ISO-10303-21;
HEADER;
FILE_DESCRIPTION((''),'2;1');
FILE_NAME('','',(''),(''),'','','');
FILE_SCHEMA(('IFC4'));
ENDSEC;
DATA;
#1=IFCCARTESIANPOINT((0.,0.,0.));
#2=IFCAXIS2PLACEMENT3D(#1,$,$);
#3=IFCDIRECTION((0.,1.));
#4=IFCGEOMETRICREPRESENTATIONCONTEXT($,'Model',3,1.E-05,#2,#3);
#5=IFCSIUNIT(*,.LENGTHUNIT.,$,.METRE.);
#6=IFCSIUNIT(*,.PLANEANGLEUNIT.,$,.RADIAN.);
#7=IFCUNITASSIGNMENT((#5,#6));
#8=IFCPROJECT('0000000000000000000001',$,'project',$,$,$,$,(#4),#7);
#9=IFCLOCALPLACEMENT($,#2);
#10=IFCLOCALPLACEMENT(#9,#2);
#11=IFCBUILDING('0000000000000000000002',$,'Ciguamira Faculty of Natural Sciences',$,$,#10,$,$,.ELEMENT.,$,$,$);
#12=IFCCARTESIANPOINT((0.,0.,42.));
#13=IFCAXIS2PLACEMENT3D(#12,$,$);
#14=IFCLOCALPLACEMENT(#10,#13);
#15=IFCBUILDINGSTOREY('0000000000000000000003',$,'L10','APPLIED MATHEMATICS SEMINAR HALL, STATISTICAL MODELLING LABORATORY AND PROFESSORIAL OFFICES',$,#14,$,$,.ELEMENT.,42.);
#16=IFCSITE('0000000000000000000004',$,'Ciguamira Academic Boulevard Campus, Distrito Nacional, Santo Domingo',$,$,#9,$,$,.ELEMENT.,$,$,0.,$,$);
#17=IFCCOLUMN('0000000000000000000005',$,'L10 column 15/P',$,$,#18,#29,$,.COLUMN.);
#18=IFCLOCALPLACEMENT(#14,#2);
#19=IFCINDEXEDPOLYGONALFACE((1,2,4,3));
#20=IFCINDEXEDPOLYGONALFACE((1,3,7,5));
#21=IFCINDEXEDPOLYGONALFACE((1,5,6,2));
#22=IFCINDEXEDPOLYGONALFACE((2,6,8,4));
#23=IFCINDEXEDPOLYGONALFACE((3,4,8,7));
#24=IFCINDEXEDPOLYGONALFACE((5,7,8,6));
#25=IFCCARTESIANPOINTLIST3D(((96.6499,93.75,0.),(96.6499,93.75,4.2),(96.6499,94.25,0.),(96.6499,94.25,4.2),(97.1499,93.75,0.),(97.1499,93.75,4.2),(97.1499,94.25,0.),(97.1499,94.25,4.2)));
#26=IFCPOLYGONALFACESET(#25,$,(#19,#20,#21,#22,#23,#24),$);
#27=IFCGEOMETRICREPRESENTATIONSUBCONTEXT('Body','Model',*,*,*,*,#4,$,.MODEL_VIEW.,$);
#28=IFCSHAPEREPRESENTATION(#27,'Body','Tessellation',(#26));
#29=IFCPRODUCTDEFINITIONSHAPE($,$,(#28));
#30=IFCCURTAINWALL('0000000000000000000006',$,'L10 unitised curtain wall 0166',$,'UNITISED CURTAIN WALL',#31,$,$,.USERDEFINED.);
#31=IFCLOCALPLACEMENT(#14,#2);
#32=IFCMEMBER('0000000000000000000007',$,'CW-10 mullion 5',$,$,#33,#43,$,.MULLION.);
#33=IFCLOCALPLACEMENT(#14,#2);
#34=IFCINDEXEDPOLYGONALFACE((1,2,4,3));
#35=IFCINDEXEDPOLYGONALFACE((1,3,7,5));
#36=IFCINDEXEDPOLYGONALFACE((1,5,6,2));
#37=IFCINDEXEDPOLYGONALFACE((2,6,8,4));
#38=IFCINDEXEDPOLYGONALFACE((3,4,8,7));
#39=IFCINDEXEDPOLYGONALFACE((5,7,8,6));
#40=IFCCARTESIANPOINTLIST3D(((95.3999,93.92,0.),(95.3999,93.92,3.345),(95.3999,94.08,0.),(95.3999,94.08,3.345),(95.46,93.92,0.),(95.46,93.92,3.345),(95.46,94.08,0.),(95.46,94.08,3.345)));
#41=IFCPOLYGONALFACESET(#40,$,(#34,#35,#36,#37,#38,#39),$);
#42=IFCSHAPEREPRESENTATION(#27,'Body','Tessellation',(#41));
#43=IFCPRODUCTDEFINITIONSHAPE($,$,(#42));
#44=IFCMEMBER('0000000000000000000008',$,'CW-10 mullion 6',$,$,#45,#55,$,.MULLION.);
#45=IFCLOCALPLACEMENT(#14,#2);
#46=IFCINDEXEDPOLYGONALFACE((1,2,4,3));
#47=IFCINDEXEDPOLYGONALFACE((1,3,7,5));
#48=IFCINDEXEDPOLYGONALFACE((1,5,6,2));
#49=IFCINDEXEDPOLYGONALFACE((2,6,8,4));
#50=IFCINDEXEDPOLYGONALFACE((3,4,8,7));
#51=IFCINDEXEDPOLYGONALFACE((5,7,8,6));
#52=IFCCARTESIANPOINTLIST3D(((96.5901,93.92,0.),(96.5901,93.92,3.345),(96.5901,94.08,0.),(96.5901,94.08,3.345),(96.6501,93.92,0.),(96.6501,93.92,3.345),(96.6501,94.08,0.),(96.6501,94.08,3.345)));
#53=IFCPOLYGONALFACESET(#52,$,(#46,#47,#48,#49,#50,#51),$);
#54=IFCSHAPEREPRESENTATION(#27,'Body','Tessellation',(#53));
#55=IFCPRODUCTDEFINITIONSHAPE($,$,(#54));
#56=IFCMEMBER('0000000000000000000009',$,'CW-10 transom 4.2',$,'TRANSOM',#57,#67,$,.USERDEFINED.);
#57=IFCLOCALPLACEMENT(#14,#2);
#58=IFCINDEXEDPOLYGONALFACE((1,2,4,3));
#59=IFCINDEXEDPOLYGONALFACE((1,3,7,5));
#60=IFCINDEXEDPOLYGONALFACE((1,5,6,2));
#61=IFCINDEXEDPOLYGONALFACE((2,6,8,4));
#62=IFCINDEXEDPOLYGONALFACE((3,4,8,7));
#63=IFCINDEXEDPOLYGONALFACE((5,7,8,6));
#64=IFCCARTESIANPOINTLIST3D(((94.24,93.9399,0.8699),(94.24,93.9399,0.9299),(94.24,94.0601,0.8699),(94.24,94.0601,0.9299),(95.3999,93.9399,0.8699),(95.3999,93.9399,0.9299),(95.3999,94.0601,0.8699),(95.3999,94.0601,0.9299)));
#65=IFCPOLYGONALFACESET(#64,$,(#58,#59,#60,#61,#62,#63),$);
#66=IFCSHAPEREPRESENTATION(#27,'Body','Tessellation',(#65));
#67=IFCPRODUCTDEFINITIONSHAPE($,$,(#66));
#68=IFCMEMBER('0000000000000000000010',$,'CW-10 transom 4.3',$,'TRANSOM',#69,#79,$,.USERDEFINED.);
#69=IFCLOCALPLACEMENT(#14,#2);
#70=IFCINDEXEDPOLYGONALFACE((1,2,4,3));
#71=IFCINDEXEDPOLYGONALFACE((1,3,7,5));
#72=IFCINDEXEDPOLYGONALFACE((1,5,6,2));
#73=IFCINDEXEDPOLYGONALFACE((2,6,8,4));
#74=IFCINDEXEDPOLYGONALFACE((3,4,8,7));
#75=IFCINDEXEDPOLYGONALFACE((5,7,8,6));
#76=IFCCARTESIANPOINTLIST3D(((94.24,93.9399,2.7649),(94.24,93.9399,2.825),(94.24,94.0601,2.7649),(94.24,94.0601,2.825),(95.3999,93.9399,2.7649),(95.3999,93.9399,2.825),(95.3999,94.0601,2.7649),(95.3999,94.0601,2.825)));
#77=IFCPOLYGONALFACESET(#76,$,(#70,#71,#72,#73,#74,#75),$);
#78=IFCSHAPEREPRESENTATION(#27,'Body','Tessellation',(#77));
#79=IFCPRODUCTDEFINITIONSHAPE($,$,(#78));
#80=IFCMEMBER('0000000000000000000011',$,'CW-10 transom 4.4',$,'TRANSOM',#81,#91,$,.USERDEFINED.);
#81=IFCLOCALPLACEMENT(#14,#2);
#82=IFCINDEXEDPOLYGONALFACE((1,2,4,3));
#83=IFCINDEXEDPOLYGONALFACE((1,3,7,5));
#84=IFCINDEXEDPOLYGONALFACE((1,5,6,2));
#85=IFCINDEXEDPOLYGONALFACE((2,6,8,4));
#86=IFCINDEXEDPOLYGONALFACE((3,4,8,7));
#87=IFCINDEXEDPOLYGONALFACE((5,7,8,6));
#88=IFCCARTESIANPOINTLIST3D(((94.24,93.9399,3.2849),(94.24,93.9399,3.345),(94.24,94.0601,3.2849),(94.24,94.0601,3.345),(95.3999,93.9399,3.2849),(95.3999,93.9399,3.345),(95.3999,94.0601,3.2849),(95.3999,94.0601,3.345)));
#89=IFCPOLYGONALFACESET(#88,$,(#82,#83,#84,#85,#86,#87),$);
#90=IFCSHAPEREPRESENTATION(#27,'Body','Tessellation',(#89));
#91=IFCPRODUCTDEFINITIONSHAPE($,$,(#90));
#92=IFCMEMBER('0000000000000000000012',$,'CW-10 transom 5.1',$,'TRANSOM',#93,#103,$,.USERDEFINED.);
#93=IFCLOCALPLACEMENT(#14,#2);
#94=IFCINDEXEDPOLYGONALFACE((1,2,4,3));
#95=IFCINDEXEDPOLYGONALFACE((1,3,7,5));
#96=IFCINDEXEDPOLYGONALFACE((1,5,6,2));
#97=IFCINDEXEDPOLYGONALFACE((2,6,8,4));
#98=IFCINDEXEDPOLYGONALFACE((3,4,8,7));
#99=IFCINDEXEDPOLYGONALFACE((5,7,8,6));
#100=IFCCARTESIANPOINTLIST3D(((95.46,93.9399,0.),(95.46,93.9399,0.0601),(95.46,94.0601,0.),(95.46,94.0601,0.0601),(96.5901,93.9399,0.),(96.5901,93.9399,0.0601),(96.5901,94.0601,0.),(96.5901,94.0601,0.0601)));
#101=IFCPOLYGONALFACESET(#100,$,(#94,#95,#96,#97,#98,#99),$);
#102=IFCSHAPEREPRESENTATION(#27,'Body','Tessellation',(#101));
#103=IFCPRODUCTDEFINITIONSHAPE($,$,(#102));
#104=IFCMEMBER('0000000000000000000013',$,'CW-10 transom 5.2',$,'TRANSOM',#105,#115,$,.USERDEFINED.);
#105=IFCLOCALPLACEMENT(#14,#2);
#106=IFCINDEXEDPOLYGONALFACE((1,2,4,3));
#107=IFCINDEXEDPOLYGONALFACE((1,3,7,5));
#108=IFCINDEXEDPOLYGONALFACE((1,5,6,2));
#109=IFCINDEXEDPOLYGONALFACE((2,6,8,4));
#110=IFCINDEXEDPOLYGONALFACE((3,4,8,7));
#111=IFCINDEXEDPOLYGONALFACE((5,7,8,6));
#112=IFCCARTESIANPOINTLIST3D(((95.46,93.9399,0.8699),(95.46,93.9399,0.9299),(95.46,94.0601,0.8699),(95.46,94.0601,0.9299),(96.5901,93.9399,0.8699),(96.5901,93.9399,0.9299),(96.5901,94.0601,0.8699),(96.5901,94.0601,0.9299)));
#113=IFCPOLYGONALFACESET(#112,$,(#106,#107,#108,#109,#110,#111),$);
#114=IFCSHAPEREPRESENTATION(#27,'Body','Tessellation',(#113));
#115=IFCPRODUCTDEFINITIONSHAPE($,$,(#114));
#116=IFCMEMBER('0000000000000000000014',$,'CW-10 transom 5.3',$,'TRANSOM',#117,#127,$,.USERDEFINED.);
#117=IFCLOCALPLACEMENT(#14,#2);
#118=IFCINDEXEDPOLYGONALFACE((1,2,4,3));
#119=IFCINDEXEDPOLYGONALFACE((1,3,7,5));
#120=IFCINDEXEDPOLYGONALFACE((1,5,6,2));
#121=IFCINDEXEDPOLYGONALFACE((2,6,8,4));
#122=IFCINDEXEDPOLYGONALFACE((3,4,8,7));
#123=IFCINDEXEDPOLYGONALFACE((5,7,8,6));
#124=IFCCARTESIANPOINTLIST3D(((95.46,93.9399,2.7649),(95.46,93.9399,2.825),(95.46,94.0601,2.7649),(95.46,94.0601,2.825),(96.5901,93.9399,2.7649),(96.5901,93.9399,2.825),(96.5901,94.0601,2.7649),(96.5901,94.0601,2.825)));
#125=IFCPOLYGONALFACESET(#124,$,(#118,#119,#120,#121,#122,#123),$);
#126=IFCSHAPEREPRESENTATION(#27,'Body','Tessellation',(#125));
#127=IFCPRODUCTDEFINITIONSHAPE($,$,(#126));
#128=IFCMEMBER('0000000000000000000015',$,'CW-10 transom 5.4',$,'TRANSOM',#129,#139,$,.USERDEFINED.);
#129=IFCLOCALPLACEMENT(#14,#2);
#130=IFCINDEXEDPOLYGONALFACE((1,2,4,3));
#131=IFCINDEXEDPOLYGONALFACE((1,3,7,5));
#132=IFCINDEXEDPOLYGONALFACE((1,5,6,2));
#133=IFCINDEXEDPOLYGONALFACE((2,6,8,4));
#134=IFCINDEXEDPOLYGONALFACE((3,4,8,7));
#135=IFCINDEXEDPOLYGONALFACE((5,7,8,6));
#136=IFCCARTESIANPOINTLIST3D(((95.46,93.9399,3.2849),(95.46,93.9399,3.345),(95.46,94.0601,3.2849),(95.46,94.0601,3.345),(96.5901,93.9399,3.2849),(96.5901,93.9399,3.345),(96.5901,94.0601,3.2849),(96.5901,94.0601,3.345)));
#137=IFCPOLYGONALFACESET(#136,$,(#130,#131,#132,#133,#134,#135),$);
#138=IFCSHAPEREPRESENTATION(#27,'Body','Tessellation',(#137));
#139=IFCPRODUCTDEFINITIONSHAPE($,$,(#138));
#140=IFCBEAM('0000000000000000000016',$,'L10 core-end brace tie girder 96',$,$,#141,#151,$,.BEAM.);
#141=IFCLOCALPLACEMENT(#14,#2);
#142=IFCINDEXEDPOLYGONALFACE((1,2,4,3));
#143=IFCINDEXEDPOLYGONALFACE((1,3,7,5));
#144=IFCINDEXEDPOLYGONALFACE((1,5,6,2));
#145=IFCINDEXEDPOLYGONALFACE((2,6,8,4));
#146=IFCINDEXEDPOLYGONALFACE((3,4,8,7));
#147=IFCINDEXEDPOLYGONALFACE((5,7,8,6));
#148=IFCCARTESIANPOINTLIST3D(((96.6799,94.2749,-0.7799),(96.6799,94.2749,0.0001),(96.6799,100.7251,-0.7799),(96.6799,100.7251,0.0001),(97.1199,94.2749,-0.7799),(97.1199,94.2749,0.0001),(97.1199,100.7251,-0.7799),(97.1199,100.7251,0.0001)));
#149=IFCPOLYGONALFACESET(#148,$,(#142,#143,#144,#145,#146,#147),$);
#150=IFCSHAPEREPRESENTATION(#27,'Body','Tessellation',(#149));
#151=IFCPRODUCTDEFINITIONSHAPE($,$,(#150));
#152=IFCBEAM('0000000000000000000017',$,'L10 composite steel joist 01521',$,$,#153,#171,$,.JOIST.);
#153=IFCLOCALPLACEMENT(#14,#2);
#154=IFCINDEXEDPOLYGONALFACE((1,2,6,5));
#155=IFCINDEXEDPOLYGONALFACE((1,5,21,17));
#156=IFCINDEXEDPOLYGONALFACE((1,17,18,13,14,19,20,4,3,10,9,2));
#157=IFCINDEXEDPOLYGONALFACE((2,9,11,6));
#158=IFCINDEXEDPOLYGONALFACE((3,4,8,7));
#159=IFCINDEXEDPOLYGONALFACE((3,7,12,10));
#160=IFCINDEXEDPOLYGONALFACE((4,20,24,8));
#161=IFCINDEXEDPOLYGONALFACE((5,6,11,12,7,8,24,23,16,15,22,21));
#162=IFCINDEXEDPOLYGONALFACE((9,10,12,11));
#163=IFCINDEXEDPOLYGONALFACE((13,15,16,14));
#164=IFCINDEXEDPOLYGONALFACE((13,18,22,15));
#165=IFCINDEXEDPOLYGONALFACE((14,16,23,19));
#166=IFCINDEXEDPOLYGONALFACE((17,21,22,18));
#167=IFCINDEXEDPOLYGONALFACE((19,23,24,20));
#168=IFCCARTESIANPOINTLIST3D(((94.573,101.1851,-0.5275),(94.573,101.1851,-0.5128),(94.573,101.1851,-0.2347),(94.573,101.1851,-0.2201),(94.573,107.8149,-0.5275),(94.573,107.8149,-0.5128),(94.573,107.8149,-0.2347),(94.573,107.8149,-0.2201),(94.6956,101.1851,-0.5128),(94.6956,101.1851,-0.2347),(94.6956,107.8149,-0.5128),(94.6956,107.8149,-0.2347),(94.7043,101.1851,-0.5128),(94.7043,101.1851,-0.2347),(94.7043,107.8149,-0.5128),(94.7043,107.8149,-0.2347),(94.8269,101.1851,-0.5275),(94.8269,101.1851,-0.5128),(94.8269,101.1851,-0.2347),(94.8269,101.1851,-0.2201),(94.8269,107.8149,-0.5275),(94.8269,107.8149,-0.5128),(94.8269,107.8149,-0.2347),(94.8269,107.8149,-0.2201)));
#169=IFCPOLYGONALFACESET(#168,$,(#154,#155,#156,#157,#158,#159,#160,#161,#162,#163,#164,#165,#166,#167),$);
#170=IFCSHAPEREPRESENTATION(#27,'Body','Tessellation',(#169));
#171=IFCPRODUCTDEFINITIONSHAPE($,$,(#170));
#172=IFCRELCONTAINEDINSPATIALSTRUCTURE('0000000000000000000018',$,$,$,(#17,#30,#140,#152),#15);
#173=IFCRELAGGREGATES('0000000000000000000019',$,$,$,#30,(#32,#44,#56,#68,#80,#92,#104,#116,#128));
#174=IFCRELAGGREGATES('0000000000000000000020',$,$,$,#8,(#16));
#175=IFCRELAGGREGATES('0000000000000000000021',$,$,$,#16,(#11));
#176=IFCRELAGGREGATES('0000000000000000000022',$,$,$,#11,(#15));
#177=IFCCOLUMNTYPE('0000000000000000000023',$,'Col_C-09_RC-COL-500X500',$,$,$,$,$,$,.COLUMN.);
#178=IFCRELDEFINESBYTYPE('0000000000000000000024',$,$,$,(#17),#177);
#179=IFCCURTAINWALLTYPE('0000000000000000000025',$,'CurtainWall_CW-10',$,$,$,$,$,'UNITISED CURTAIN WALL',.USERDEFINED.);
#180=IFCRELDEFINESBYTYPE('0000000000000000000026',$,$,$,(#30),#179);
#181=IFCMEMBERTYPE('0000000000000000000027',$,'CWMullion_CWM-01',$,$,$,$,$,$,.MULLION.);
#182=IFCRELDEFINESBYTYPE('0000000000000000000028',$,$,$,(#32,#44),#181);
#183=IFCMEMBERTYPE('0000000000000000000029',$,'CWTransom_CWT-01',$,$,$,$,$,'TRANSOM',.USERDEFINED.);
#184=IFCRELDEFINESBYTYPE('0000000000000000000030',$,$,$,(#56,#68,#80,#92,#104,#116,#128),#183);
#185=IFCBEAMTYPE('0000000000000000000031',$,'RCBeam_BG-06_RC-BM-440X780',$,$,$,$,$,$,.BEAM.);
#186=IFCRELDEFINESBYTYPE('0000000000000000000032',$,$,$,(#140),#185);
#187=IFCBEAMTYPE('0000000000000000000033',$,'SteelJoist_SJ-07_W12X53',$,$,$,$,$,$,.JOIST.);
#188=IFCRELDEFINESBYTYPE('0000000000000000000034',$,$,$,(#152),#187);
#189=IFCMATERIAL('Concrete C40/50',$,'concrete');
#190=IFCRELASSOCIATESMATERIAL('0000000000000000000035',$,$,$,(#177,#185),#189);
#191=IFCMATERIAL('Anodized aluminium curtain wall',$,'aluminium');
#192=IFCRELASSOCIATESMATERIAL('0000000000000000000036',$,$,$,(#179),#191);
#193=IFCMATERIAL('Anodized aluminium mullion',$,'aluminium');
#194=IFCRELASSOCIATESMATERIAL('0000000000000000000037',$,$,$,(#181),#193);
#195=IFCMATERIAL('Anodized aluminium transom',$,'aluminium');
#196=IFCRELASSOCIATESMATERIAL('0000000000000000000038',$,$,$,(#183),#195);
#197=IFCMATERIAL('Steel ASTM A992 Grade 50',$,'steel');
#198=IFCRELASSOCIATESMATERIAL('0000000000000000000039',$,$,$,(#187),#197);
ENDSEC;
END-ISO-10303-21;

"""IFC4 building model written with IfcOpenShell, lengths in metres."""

from ifc_helpers import new_model, si_unit, direction, frame, origin, origin_2d, place, context, subcontext, project, spatial, rectangle, i_section, extrude, material, material_profile, profile_set, type_object, element, aggregate, save


model = new_model("IFC4")

# Units and contexts
model_context = context("Model", 3, precision=1e-05, world=origin(), true_north=direction((0.0, 1.0)))
body_context = subcontext(model_context, "Body", "Model", "MODEL_VIEW")
ifc_project = project(units=[si_unit("LENGTHUNIT", "METRE"), si_unit("PLANEANGLEUNIT", "RADIAN")], contexts=[model_context])

# Site, building, storey
site_placement = place(None, origin())
site = spatial("IfcSite", under=ifc_project, at=site_placement, Name="Ciguamira Academic Boulevard Campus, Distrito Nacional, Santo Domingo", CompositionType="ELEMENT", RefElevation=0.0)
building_placement = place(site_placement, origin())
building = spatial("IfcBuilding", under=site, at=building_placement, Name="Ciguamira Faculty of Natural Sciences", CompositionType="ELEMENT")
storey_placement = place(building_placement, frame((0.0, 0.0, 42.0)))
storey = spatial("IfcBuildingStorey", under=building, at=storey_placement, Name="L10", Description="APPLIED MATHEMATICS SEMINAR HALL, STATISTICAL MODELLING LABORATORY AND PROFESSORIAL OFFICES", CompositionType="ELEMENT", Elevation=42.0)

# Column
ifc_material_1 = material(Name="Concrete C40/50", Category="concrete")
ifc_material_profile_1 = material_profile(ifc_material_1, rectangle(XDim=0.5, YDim=0.5, at=origin_2d()), Name="RC-COL-500X500")
ifc_profile_set_1 = profile_set([ifc_material_profile_1], Name="Concrete C40/50")
column_type = type_object("IfcColumnType", Name="Col_C-09_RC-COL-500X500", PredefinedType="COLUMN", material=ifc_profile_set_1)
column_placement = place(storey_placement, frame((96.8999, 94.0, 0.0), z_axis=(0.0, 0.0, 1.0), x_axis=(1.0, 0.0, 0.0)))
element("IfcColumn", 1, at=column_placement, inside=storey, type_object=column_type, Name="L10 column 15/P", PredefinedType="COLUMN", context=body_context, shape_type="SweptSolid", body=[
    extrude(rectangle(XDim=0.5, YDim=0.5, at=origin_2d()), origin(), (0.0, 0.0, 1.0), 4.2),
])

# Curtain wall, members
ifc_material_2 = material(Name="Anodized aluminium curtain wall", Category="aluminium")
curtain_wall_type = type_object("IfcCurtainWallType", Name="CurtainWall_CW-10", ElementType="UNITISED CURTAIN WALL", PredefinedType="USERDEFINED", material=ifc_material_2)
curtain_wall_placement = place(storey_placement, origin())
curtain_wall = element("IfcCurtainWall", 2, at=curtain_wall_placement, inside=storey, type_object=curtain_wall_type, Name="L10 unitised curtain wall 0166", ObjectType="UNITISED CURTAIN WALL", PredefinedType="USERDEFINED")
ifc_material_3 = material(Name="Anodized aluminium mullion", Category="aluminium")
ifc_material_profile_2 = material_profile(ifc_material_3, rectangle(XDim=0.0601, YDim=0.1599, at=origin_2d()), Name="ALU-MUL-60X160")
ifc_profile_set_2 = profile_set([ifc_material_profile_2], Name="Anodized aluminium mullion")
member_type_1 = type_object("IfcMemberType", Name="CWMullion_CWM-01", PredefinedType="MULLION", material=ifc_profile_set_2)
member_1_placement = place(storey_placement, frame((95.4299, 94.0, 0.0), z_axis=(0.0, 0.0, 1.0), x_axis=(1.0, 0.0, 0.0)))
member_1 = element("IfcMember", 3, at=member_1_placement, type_object=member_type_1, Name="CW-10 mullion 5", PredefinedType="MULLION", context=body_context, shape_type="SweptSolid", body=[
    extrude(rectangle(XDim=0.0601, YDim=0.1599, at=origin_2d()), origin(), (0.0, 0.0, 1.0), 3.345),
])
member_2_placement = place(storey_placement, frame((96.6201, 94.0, 0.0), z_axis=(0.0, 0.0, 1.0), x_axis=(1.0, 0.0, 0.0)))
member_2 = element("IfcMember", 4, at=member_2_placement, type_object=member_type_1, Name="CW-10 mullion 6", PredefinedType="MULLION", context=body_context, shape_type="SweptSolid", body=[
    extrude(rectangle(XDim=0.0601, YDim=0.1599, at=origin_2d()), origin(), (0.0, 0.0, 1.0), 3.345),
])
ifc_material_4 = material(Name="Anodized aluminium transom", Category="aluminium")
ifc_material_profile_3 = material_profile(ifc_material_4, rectangle(XDim=0.0601, YDim=0.1201, at=origin_2d()), Name="ALU-TRN-60X120")
ifc_profile_set_3 = profile_set([ifc_material_profile_3], Name="Anodized aluminium transom")
member_type_2 = type_object("IfcMemberType", Name="CWTransom_CWT-01", ElementType="TRANSOM", PredefinedType="USERDEFINED", material=ifc_profile_set_3)
member_3_placement = place(storey_placement, frame((94.24, 94.0, 0.8999), z_axis=(1.0, 0.0, 0.0), x_axis=(0.0, 0.0, 1.0)))
member_3 = element("IfcMember", 5, at=member_3_placement, type_object=member_type_2, Name="CW-10 transom 4.2", ObjectType="TRANSOM", PredefinedType="USERDEFINED", context=body_context, shape_type="SweptSolid", body=[
    extrude(rectangle(XDim=0.0601, YDim=0.1201, at=origin_2d()), origin(), (0.0, 0.0, 1.0), 1.1599),
])
member_4_placement = place(storey_placement, frame((94.24, 94.0, 2.7949), z_axis=(1.0, 0.0, 0.0), x_axis=(0.0, 0.0, 1.0)))
member_4 = element("IfcMember", 6, at=member_4_placement, type_object=member_type_2, Name="CW-10 transom 4.3", ObjectType="TRANSOM", PredefinedType="USERDEFINED", context=body_context, shape_type="SweptSolid", body=[
    extrude(rectangle(XDim=0.0601, YDim=0.1201, at=origin_2d()), origin(), (0.0, 0.0, 1.0), 1.1599),
])
member_5_placement = place(storey_placement, frame((94.24, 94.0, 3.3149), z_axis=(1.0, 0.0, 0.0), x_axis=(0.0, 0.0, 1.0)))
member_5 = element("IfcMember", 7, at=member_5_placement, type_object=member_type_2, Name="CW-10 transom 4.4", ObjectType="TRANSOM", PredefinedType="USERDEFINED", context=body_context, shape_type="SweptSolid", body=[
    extrude(rectangle(XDim=0.0601, YDim=0.1201, at=origin_2d()), origin(), (0.0, 0.0, 1.0), 1.1599),
])
member_6_placement = place(storey_placement, frame((95.46, 94.0, 0.03), z_axis=(1.0, 0.0, 0.0), x_axis=(0.0, 0.0, 1.0)))
member_6 = element("IfcMember", 8, at=member_6_placement, type_object=member_type_2, Name="CW-10 transom 5.1", ObjectType="TRANSOM", PredefinedType="USERDEFINED", context=body_context, shape_type="SweptSolid", body=[
    extrude(rectangle(XDim=0.0601, YDim=0.1201, at=origin_2d()), origin(), (0.0, 0.0, 1.0), 1.1301),
])
member_7_placement = place(storey_placement, frame((95.46, 94.0, 0.8999), z_axis=(1.0, 0.0, 0.0), x_axis=(0.0, 0.0, 1.0)))
member_7 = element("IfcMember", 9, at=member_7_placement, type_object=member_type_2, Name="CW-10 transom 5.2", ObjectType="TRANSOM", PredefinedType="USERDEFINED", context=body_context, shape_type="SweptSolid", body=[
    extrude(rectangle(XDim=0.0601, YDim=0.1201, at=origin_2d()), origin(), (0.0, 0.0, 1.0), 1.1301),
])
member_8_placement = place(storey_placement, frame((95.46, 94.0, 2.7949), z_axis=(1.0, 0.0, 0.0), x_axis=(0.0, 0.0, 1.0)))
member_8 = element("IfcMember", 10, at=member_8_placement, type_object=member_type_2, Name="CW-10 transom 5.3", ObjectType="TRANSOM", PredefinedType="USERDEFINED", context=body_context, shape_type="SweptSolid", body=[
    extrude(rectangle(XDim=0.0601, YDim=0.1201, at=origin_2d()), origin(), (0.0, 0.0, 1.0), 1.1301),
])
member_9_placement = place(storey_placement, frame((95.46, 94.0, 3.3149), z_axis=(1.0, 0.0, 0.0), x_axis=(0.0, 0.0, 1.0)))
member_9 = element("IfcMember", 11, at=member_9_placement, type_object=member_type_2, Name="CW-10 transom 5.4", ObjectType="TRANSOM", PredefinedType="USERDEFINED", context=body_context, shape_type="SweptSolid", body=[
    extrude(rectangle(XDim=0.0601, YDim=0.1201, at=origin_2d()), origin(), (0.0, 0.0, 1.0), 1.1301),
])

# Beams
ifc_material_profile_4 = material_profile(ifc_material_1, rectangle(XDim=0.4399, YDim=0.78, at=origin_2d()), Name="RC-BM-440X780")
ifc_profile_set_4 = profile_set([ifc_material_profile_4], Name="Concrete C40/50")
beam_type_1 = type_object("IfcBeamType", Name="RCBeam_BG-06_RC-BM-440X780", PredefinedType="BEAM", material=ifc_profile_set_4)
beam_1_placement = place(storey_placement, frame((96.8999, 94.2749, -0.3899), z_axis=(0.0, 1.0, 0.0), x_axis=(-1.0, 0.0, 0.0)))
element("IfcBeam", 12, at=beam_1_placement, inside=storey, type_object=beam_type_1, Name="L10 core-end brace tie girder 96", PredefinedType="BEAM", context=body_context, shape_type="SweptSolid", body=[
    extrude(rectangle(XDim=0.4399, YDim=0.78, at=origin_2d()), origin(), (0.0, 0.0, 1.0), 6.4502),
])
ifc_material_5 = material(Name="Steel ASTM A992 Grade 50", Category="steel")
ifc_material_profile_5 = material_profile(ifc_material_5, i_section(OverallWidth=0.2539, OverallDepth=0.3074, WebThickness=0.0088, FlangeThickness=0.0146, at=origin_2d()), Name="W12X53")
ifc_profile_set_5 = profile_set([ifc_material_profile_5], Name="Steel ASTM A992 Grade 50")
beam_type_2 = type_object("IfcBeamType", Name="SteelJoist_SJ-07_W12X53", PredefinedType="JOIST", material=ifc_profile_set_5)
beam_2_placement = place(storey_placement, frame((94.7, 101.1851, -0.3738), z_axis=(0.0, 1.0, 0.0), x_axis=(-1.0, 0.0, 0.0)))
element("IfcBeam", 13, at=beam_2_placement, inside=storey, type_object=beam_type_2, Name="L10 composite steel joist 01521", PredefinedType="JOIST", context=body_context, shape_type="SweptSolid", body=[
    extrude(i_section(OverallWidth=0.2539, OverallDepth=0.3074, WebThickness=0.0088, FlangeThickness=0.0146, at=origin_2d()), origin(), (0.0, 0.0, 1.0), 6.6299),
])

aggregate(curtain_wall, [member_1, member_2, member_3, member_4, member_5, member_6, member_7, member_8, member_9])

save(model, "model.ifc")
